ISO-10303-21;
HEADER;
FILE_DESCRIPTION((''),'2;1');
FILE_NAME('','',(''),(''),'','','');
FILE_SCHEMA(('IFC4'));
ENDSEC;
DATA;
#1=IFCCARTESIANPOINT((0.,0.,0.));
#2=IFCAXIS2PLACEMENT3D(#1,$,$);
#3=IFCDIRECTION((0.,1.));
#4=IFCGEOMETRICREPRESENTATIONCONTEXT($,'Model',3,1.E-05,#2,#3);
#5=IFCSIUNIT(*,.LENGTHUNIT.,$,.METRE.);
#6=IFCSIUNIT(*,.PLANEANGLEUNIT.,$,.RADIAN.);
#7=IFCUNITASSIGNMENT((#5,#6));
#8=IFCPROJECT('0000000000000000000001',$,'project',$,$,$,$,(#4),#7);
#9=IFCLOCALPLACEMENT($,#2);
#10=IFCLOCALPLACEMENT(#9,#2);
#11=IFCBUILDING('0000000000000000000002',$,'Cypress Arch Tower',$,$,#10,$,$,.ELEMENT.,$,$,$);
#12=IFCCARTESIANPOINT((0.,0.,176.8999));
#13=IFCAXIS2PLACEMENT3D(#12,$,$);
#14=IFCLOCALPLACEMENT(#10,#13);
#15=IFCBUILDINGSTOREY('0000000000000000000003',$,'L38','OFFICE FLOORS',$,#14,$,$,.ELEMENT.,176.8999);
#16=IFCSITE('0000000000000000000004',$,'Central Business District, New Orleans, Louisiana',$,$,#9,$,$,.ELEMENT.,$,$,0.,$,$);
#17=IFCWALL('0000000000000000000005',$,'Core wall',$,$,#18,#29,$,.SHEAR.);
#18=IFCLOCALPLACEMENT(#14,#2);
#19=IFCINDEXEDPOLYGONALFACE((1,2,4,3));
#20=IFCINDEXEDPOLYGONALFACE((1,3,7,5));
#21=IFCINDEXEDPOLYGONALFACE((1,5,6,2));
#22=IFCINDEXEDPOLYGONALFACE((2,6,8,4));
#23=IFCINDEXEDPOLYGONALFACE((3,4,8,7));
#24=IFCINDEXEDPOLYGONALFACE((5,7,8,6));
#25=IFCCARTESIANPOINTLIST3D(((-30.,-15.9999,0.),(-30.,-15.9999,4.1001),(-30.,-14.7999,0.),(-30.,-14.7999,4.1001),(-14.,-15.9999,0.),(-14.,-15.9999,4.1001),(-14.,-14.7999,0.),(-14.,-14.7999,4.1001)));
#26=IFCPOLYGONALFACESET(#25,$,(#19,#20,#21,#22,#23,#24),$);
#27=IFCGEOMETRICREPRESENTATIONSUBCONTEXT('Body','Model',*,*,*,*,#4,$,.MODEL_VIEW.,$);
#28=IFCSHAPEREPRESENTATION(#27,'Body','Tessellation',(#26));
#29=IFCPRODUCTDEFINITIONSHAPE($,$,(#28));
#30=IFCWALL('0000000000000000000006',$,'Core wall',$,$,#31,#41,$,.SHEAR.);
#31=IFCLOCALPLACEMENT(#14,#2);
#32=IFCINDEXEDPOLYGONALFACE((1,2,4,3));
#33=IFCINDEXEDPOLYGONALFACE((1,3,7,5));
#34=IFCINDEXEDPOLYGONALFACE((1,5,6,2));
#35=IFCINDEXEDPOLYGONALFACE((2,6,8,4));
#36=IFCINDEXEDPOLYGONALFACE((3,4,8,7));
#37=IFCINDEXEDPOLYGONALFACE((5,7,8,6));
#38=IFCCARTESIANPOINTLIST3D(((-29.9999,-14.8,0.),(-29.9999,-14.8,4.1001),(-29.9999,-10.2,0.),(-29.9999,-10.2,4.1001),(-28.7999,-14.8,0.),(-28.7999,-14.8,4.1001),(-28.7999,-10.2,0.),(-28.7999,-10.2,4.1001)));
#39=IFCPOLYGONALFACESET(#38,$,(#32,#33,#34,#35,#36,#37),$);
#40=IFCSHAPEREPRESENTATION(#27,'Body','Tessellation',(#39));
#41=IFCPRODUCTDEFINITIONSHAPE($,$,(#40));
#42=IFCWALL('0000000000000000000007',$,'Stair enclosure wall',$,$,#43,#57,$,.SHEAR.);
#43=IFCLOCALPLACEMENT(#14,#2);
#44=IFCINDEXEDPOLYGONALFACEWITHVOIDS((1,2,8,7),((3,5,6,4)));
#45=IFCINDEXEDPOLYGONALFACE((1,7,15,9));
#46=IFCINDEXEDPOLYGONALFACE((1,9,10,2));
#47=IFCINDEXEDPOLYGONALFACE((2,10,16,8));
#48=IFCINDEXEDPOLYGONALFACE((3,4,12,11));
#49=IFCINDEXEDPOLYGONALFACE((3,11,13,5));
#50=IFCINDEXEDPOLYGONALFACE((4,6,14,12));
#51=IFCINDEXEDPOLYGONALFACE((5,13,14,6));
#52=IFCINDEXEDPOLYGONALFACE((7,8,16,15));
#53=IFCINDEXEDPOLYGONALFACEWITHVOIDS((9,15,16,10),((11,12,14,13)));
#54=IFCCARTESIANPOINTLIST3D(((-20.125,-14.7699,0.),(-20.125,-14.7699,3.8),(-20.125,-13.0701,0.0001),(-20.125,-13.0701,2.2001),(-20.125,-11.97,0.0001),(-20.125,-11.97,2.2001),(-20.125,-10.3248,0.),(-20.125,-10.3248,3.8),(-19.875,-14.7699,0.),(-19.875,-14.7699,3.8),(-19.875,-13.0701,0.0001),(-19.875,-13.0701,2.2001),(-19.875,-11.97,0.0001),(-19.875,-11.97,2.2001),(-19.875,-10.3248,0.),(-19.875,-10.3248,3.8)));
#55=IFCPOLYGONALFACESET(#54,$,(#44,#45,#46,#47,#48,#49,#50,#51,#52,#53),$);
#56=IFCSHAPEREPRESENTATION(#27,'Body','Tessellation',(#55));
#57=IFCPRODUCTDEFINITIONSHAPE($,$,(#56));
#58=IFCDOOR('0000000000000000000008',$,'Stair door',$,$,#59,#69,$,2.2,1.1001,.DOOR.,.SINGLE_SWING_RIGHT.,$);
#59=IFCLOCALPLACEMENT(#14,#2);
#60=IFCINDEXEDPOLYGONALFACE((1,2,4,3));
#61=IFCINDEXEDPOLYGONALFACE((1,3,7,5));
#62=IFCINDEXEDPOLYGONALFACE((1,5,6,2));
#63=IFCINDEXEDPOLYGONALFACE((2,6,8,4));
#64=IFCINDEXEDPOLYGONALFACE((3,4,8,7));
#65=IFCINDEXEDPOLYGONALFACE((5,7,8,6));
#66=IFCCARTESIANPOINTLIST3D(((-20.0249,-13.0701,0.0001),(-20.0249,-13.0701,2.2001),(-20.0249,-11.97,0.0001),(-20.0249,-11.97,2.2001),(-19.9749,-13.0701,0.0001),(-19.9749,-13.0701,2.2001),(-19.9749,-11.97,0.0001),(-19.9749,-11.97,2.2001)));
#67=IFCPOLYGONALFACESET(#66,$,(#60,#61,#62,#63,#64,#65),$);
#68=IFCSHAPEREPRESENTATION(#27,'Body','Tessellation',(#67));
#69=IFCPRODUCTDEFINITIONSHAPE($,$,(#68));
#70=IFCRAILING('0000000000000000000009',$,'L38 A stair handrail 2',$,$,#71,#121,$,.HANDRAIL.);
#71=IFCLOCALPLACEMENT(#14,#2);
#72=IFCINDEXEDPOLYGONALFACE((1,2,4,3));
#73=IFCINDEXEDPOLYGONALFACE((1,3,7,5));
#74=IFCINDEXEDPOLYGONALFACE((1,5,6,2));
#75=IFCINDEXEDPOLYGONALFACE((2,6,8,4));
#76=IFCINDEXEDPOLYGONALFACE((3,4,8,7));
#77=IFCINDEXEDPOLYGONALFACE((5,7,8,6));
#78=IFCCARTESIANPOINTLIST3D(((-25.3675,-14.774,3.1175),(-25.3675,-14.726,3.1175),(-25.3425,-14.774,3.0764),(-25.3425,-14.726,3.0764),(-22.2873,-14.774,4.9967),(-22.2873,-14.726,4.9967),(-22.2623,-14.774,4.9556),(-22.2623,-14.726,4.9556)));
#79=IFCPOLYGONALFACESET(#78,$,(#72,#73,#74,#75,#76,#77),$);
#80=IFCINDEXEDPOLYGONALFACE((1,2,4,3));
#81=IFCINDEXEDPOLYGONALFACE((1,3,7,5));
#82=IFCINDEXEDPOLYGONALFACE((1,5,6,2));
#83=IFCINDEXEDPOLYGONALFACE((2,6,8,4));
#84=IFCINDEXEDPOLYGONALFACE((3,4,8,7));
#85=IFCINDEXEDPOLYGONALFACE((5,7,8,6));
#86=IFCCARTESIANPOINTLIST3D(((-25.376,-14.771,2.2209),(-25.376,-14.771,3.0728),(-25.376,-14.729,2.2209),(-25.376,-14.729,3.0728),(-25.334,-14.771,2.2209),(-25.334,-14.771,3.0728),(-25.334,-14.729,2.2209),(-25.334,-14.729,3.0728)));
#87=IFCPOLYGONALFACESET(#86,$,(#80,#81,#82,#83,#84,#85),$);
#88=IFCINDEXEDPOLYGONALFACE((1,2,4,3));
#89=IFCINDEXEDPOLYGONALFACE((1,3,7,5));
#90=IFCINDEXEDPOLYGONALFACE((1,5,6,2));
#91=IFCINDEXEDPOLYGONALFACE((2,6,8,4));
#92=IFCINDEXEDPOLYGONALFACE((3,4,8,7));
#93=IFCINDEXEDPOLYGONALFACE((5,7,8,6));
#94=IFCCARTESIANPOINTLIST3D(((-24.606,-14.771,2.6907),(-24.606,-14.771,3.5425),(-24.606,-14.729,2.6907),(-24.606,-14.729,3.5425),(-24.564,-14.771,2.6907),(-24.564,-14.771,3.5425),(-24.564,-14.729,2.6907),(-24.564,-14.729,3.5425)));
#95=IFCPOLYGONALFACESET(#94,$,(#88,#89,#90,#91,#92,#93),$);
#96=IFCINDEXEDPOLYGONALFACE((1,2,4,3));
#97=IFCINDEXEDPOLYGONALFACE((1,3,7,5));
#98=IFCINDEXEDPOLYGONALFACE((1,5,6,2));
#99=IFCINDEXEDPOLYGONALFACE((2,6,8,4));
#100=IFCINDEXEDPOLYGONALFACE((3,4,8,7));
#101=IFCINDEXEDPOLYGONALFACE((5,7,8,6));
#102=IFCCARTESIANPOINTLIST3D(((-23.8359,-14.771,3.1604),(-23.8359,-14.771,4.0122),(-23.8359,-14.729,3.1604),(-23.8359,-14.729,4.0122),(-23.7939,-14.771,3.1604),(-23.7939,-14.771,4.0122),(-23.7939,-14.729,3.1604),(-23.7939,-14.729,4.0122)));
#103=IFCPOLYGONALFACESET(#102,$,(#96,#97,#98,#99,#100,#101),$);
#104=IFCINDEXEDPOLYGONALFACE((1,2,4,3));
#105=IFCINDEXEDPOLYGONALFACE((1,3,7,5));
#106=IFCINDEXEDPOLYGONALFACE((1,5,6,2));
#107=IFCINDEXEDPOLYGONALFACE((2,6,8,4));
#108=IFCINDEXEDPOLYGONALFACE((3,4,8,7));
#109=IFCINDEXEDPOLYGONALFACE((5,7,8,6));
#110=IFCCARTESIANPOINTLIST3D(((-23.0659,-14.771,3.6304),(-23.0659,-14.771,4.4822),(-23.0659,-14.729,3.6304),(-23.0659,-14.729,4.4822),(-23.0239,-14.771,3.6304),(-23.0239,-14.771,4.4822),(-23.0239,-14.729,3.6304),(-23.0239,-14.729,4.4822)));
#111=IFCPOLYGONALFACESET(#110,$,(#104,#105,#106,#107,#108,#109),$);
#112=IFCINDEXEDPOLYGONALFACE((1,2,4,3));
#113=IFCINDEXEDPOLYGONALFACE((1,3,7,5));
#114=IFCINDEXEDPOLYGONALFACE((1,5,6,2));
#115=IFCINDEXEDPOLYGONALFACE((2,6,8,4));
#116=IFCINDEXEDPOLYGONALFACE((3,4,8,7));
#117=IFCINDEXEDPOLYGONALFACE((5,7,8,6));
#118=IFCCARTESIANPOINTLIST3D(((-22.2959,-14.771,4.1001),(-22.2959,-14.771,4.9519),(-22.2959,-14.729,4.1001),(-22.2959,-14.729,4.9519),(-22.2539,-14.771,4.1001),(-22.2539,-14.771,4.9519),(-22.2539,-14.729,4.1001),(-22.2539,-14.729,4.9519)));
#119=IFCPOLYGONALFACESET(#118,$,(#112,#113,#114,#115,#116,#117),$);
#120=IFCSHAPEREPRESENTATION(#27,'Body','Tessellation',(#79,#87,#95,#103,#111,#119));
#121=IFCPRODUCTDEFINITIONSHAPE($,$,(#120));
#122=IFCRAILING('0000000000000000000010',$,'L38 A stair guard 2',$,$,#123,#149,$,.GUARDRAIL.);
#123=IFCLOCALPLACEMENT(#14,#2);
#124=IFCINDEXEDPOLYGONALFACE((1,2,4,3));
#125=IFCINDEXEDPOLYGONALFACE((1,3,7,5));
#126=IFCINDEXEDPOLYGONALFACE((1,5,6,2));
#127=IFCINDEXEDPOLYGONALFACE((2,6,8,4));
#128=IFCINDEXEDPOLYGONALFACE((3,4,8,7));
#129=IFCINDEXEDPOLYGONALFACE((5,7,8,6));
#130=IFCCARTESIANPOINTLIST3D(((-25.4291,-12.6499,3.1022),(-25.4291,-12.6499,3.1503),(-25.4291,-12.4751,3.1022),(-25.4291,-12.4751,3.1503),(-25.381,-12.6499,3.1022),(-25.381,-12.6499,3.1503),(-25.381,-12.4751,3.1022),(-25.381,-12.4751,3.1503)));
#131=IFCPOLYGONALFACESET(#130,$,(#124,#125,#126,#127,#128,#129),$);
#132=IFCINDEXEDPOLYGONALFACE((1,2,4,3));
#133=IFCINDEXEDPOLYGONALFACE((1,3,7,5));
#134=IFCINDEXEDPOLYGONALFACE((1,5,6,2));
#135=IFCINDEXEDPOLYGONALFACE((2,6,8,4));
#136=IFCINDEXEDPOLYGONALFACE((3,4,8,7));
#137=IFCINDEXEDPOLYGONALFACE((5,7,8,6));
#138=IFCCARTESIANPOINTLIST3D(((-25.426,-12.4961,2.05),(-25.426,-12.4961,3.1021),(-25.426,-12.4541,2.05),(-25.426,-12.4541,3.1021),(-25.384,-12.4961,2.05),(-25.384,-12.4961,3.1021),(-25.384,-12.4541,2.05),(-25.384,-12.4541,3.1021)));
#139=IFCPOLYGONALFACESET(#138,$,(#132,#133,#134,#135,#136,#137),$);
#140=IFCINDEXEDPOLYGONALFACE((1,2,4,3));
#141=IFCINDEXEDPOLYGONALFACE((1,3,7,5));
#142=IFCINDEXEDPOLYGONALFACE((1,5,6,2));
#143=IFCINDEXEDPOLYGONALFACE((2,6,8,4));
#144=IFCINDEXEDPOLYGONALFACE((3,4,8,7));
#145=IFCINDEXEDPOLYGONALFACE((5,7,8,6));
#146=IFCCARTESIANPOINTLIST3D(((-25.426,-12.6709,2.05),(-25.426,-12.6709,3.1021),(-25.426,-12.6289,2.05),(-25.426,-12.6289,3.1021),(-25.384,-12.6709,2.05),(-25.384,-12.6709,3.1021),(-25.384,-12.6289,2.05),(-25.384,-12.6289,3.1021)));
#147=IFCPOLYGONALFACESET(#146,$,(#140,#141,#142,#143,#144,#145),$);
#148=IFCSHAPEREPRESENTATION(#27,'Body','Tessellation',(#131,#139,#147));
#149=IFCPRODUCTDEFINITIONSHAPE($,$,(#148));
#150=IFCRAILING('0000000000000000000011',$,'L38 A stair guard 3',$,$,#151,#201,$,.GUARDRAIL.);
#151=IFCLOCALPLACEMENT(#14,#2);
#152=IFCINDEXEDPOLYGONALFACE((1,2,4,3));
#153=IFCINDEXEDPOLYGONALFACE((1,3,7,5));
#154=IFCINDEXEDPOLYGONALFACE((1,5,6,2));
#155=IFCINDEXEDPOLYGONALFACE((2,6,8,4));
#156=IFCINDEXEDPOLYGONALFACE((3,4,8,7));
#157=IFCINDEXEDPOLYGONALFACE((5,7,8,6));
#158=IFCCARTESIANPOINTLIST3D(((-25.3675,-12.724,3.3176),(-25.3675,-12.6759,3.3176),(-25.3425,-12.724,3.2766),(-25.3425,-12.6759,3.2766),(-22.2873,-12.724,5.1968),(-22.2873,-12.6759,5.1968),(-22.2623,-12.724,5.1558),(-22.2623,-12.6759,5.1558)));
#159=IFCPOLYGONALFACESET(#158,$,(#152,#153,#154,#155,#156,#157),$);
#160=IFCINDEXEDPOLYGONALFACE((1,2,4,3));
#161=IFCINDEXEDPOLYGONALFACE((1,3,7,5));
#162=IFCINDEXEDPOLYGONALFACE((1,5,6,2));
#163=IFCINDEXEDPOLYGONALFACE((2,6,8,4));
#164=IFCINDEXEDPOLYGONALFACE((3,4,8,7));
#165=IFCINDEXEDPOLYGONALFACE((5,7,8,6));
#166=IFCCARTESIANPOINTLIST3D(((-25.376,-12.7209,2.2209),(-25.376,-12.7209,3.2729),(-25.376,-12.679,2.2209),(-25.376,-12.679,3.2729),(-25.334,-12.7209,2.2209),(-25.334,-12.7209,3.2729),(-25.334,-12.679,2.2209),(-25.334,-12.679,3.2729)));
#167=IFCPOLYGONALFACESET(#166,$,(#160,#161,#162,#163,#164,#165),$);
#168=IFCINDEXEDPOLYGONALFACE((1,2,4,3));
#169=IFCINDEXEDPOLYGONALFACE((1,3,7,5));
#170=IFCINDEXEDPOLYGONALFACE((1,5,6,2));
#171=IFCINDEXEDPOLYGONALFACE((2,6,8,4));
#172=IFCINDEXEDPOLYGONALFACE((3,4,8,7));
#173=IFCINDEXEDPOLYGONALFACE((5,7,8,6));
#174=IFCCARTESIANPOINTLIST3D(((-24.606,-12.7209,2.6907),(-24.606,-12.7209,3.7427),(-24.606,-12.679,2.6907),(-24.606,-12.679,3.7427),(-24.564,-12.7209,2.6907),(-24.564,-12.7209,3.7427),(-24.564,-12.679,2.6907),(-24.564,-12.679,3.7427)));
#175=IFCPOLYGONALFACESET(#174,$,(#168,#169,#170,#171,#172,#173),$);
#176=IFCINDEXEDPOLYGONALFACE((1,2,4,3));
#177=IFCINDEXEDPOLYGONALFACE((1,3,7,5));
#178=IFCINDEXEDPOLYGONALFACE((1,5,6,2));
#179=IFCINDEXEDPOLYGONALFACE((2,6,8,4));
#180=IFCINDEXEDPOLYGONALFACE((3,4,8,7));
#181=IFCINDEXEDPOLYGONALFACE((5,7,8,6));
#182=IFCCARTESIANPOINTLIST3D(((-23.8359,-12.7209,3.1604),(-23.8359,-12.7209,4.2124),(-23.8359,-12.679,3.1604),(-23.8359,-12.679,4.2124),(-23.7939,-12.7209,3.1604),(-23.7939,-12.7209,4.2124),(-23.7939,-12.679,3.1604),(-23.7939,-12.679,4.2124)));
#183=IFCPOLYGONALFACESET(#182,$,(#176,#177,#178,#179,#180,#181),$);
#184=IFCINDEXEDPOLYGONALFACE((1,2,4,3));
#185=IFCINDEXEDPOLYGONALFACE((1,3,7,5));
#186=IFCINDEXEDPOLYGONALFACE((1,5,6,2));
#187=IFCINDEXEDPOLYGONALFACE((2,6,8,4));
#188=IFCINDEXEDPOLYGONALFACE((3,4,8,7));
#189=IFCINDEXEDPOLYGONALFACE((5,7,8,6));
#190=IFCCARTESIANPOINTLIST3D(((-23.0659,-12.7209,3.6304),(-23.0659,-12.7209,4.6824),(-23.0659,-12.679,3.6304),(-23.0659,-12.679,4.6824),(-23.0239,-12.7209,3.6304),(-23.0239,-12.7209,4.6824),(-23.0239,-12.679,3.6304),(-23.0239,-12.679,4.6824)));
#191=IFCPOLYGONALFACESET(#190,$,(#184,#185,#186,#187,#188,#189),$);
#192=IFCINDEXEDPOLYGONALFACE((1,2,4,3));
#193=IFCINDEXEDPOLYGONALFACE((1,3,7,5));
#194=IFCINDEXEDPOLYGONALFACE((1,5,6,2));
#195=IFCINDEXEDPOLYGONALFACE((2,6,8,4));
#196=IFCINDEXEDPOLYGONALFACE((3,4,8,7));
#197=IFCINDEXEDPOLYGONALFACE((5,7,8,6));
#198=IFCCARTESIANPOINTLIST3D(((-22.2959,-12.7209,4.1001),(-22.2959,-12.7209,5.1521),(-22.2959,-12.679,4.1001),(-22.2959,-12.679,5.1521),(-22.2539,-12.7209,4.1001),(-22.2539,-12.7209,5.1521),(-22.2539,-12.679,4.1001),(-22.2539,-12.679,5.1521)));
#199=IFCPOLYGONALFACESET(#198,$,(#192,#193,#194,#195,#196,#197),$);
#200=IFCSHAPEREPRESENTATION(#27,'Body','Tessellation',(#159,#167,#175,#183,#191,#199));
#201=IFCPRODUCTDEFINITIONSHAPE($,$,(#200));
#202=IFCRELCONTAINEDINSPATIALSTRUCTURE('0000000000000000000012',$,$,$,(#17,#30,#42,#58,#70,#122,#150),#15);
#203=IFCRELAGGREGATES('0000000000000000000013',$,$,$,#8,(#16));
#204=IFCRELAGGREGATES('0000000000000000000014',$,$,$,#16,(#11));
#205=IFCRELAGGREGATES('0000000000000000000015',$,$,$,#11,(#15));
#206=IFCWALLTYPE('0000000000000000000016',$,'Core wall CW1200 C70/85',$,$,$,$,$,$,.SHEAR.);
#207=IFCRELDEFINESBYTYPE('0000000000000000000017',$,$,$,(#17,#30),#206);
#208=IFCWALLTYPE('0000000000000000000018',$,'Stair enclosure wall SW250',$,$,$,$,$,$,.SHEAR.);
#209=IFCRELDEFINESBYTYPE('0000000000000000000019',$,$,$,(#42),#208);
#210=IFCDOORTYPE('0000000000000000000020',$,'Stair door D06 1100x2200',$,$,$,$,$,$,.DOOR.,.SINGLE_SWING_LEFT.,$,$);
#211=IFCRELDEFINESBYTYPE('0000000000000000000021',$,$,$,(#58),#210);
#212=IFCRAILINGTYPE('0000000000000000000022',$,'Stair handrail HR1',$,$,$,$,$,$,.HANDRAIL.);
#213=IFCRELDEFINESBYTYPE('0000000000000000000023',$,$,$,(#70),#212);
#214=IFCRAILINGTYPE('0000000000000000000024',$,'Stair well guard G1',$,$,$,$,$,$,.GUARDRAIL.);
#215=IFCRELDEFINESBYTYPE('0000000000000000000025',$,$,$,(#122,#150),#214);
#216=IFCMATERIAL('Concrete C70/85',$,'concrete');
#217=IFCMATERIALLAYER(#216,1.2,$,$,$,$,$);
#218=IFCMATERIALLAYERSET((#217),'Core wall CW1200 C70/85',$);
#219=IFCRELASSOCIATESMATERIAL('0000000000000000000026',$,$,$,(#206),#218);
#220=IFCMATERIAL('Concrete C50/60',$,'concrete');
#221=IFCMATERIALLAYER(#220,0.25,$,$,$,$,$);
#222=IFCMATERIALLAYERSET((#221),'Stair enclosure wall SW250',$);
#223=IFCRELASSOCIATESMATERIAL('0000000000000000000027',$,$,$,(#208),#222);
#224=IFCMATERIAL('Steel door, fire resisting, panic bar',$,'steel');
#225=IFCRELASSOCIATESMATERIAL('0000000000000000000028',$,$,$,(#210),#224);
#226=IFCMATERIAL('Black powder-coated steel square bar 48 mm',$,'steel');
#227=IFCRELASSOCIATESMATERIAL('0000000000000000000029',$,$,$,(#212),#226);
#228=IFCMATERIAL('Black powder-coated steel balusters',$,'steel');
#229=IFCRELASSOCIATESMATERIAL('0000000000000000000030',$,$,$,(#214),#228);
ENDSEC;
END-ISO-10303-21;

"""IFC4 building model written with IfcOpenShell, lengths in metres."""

from ifc_helpers import new_model, si_unit, direction, frame, frame_2d, origin, origin_2d, place, context, subcontext, project, spatial, rectangle, extrude, material, layer, layer_set, type_object, element, fill, save


model = new_model("IFC4")

# Units and contexts
model_context = context("Model", 3, precision=1e-05, world=origin(), true_north=direction((0.0, 1.0)))
body_context = subcontext(model_context, "Body", "Model", "MODEL_VIEW")
ifc_project = project(units=[si_unit("LENGTHUNIT", "METRE"), si_unit("PLANEANGLEUNIT", "RADIAN")], contexts=[model_context])

# Site, building, storey
site_placement = place(None, origin())
site = spatial("IfcSite", under=ifc_project, at=site_placement, Name="Central Business District, New Orleans, Louisiana", CompositionType="ELEMENT", RefElevation=0.0)
building_placement = place(site_placement, origin())
building = spatial("IfcBuilding", under=site, at=building_placement, Name="Cypress Arch Tower", CompositionType="ELEMENT")
storey_placement = place(building_placement, frame((0.0, 0.0, 176.8999)))
storey = spatial("IfcBuildingStorey", under=building, at=storey_placement, Name="L38", Description="OFFICE FLOORS", CompositionType="ELEMENT", Elevation=176.8999)

# Walls
ifc_material_1 = material(Name="Concrete C70/85", Category="concrete")
ifc_layer_1 = layer(ifc_material_1, 1.2)
ifc_layer_set_1 = layer_set([ifc_layer_1], Name="Core wall CW1200 C70/85")
wall_type_1 = type_object("IfcWallType", Name="Core wall CW1200 C70/85", PredefinedType="SHEAR", material=ifc_layer_set_1)
wall_1_placement = place(storey_placement, frame((-30.0, -15.3999, 0.0), z_axis=(0.0, 0.0, 1.0), x_axis=(1.0, 0.0, 0.0)))
element("IfcWall", 1, at=wall_1_placement, inside=storey, type_object=wall_type_1, Name="Core wall", PredefinedType="SHEAR", context=body_context, shape_type="SweptSolid", body=[
    extrude(rectangle(XDim=16.0, YDim=1.2, at=frame_2d((8.0, 0.0))), origin(), (0.0, 0.0, 1.0), 4.1001),
])
wall_2_placement = place(storey_placement, frame((-29.3999, -14.8, 0.0), z_axis=(0.0, 0.0, 1.0), x_axis=(0.0, 1.0, 0.0)))
element("IfcWall", 2, at=wall_2_placement, inside=storey, type_object=wall_type_1, Name="Core wall", PredefinedType="SHEAR", context=body_context, shape_type="SweptSolid", body=[
    extrude(rectangle(XDim=4.6001, YDim=1.2, at=frame_2d((2.3, 0.0))), origin(), (0.0, 0.0, 1.0), 4.1001),
])

# Wall, opening, door
ifc_material_2 = material(Name="Concrete C50/60", Category="concrete")
ifc_layer_2 = layer(ifc_material_2, 0.25)
ifc_layer_set_2 = layer_set([ifc_layer_2], Name="Stair enclosure wall SW250")
wall_type_2 = type_object("IfcWallType", Name="Stair enclosure wall SW250", PredefinedType="SHEAR", material=ifc_layer_set_2)
wall_3_placement = place(storey_placement, frame((-20.0, -14.77, 0.0), z_axis=(0.0, 0.0, 1.0), x_axis=(0.0, 1.0, 0.0)))
wall_3 = element("IfcWall", 3, at=wall_3_placement, inside=storey, type_object=wall_type_2, Name="Stair enclosure wall", PredefinedType="SHEAR", context=body_context, shape_type="SweptSolid", body=[
    extrude(rectangle(XDim=4.4451, YDim=0.25, at=frame_2d((2.2227, 0.0))), origin(), (0.0, 0.0, 1.0), 3.8),
])
opening_1_placement = place(wall_3_placement, frame((1.7, 0.0, 0.0)))
opening_1 = element("IfcOpeningElement", 4, at=opening_1_placement, cuts=wall_3, PredefinedType="OPENING", context=body_context, shape_type="SweptSolid", body=[
    extrude(rectangle(XDim=1.1001, YDim=2.2, at=frame_2d((0.55, 1.1001))), frame((0.0, 0.135, 0.0), z_axis=(0.0, -1.0, 0.0), x_axis=(1.0, 0.0, 0.0)), (0.0, 0.0, 1.0), 0.27),
])
ifc_material_3 = material(Name="Steel door, fire resisting, panic bar", Category="steel")
door_type = type_object("IfcDoorType", Name="Stair door D06 1100x2200", OperationType="SINGLE_SWING_LEFT", PredefinedType="DOOR", material=ifc_material_3)
door_placement = place(opening_1_placement, origin())
door = element("IfcDoor", 5, at=door_placement, inside=storey, type_object=door_type, Name="Stair door", OperationType="SINGLE_SWING_RIGHT", OverallHeight=2.2, OverallWidth=1.1001, PredefinedType="DOOR", context=body_context, shape_type="SweptSolid", body=[
    extrude(rectangle(XDim=1.1001, YDim=2.2, at=frame_2d((0.55, 1.1001))), frame((0.0, 0.0249, 0.0), z_axis=(0.0, -1.0, 0.0), x_axis=(1.0, 0.0, 0.0)), (0.0, 0.0, 1.0), 0.05),
])
fill(opening_1, door)

# Railings
ifc_material_4 = material(Name="Black powder-coated steel square bar 48 mm", Category="steel")
railing_type_1 = type_object("IfcRailingType", Name="Stair handrail HR1", PredefinedType="HANDRAIL", material=ifc_material_4)
railing_1_placement = place(storey_placement, frame((-25.355, -14.75, 2.2209)))
element("IfcRailing", 6, at=railing_1_placement, inside=storey, type_object=railing_type_1, Name="L38 A stair handrail 2", PredefinedType="HANDRAIL", context=body_context, shape_type="SweptSolid", body=[
    extrude(rectangle(XDim=0.0481, YDim=0.0481, at=origin_2d()), frame((0.0, 0.0, 0.876), z_axis=(0.853666, 0.0, 0.52082), x_axis=(0.0, 1.0, 0.0)), (0.0, 0.0, 1.0), 3.6082),
    extrude(rectangle(XDim=0.042, YDim=0.042, at=origin_2d()), origin(), (0.0, 0.0, 1.0), 0.8518),
    extrude(rectangle(XDim=0.042, YDim=0.042, at=origin_2d()), frame((0.77, 0.0, 0.4697)), (0.0, 0.0, 1.0), 0.8518),
    extrude(rectangle(XDim=0.042, YDim=0.042, at=origin_2d()), frame((1.54, 0.0, 0.9395)), (0.0, 0.0, 1.0), 0.8518),
    extrude(rectangle(XDim=0.042, YDim=0.042, at=origin_2d()), frame((2.3101, 0.0, 1.4094)), (0.0, 0.0, 1.0), 0.8518),
    extrude(rectangle(XDim=0.042, YDim=0.042, at=origin_2d()), frame((3.0801, 0.0, 1.8792)), (0.0, 0.0, 1.0), 0.8518),
])
ifc_material_5 = material(Name="Black powder-coated steel balusters", Category="steel")
railing_type_2 = type_object("IfcRailingType", Name="Stair well guard G1", PredefinedType="GUARDRAIL", material=ifc_material_5)
railing_2_placement = place(storey_placement, frame((-25.405, -12.4751, 2.05)))
element("IfcRailing", 7, at=railing_2_placement, inside=storey, type_object=railing_type_2, Name="L38 A stair guard 2", PredefinedType="GUARDRAIL", context=body_context, shape_type="SweptSolid", body=[
    extrude(rectangle(XDim=0.0481, YDim=0.0481, at=origin_2d()), frame((0.0, 0.0, 1.0762), z_axis=(0.0, -1.0, 0.0), x_axis=(1.0, 0.0, 0.0)), (0.0, 0.0, 1.0), 0.1748),
    extrude(rectangle(XDim=0.042, YDim=0.042, at=origin_2d()), origin(), (0.0, 0.0, 1.0), 1.052),
    extrude(rectangle(XDim=0.042, YDim=0.042, at=origin_2d()), frame((0.0, -0.1748, 0.0)), (0.0, 0.0, 1.0), 1.052),
])
railing_3_placement = place(storey_placement, frame((-25.355, -12.7, 2.2209)))
element("IfcRailing", 8, at=railing_3_placement, inside=storey, type_object=railing_type_2, Name="L38 A stair guard 3", PredefinedType="GUARDRAIL", context=body_context, shape_type="SweptSolid", body=[
    extrude(rectangle(XDim=0.0481, YDim=0.0481, at=origin_2d()), frame((0.0, 0.0, 1.0762), z_axis=(0.853666, 0.0, 0.52082), x_axis=(0.0, 1.0, 0.0)), (0.0, 0.0, 1.0), 3.6082),
    extrude(rectangle(XDim=0.042, YDim=0.042, at=origin_2d()), origin(), (0.0, 0.0, 1.0), 1.052),
    extrude(rectangle(XDim=0.042, YDim=0.042, at=origin_2d()), frame((0.77, 0.0, 0.4697)), (0.0, 0.0, 1.0), 1.052),
    extrude(rectangle(XDim=0.042, YDim=0.042, at=origin_2d()), frame((1.54, 0.0, 0.9395)), (0.0, 0.0, 1.0), 1.052),
    extrude(rectangle(XDim=0.042, YDim=0.042, at=origin_2d()), frame((2.3101, 0.0, 1.4094)), (0.0, 0.0, 1.0), 1.052),
    extrude(rectangle(XDim=0.042, YDim=0.042, at=origin_2d()), frame((3.0801, 0.0, 1.8792)), (0.0, 0.0, 1.0), 1.052),
])

save(model, "model.ifc")
